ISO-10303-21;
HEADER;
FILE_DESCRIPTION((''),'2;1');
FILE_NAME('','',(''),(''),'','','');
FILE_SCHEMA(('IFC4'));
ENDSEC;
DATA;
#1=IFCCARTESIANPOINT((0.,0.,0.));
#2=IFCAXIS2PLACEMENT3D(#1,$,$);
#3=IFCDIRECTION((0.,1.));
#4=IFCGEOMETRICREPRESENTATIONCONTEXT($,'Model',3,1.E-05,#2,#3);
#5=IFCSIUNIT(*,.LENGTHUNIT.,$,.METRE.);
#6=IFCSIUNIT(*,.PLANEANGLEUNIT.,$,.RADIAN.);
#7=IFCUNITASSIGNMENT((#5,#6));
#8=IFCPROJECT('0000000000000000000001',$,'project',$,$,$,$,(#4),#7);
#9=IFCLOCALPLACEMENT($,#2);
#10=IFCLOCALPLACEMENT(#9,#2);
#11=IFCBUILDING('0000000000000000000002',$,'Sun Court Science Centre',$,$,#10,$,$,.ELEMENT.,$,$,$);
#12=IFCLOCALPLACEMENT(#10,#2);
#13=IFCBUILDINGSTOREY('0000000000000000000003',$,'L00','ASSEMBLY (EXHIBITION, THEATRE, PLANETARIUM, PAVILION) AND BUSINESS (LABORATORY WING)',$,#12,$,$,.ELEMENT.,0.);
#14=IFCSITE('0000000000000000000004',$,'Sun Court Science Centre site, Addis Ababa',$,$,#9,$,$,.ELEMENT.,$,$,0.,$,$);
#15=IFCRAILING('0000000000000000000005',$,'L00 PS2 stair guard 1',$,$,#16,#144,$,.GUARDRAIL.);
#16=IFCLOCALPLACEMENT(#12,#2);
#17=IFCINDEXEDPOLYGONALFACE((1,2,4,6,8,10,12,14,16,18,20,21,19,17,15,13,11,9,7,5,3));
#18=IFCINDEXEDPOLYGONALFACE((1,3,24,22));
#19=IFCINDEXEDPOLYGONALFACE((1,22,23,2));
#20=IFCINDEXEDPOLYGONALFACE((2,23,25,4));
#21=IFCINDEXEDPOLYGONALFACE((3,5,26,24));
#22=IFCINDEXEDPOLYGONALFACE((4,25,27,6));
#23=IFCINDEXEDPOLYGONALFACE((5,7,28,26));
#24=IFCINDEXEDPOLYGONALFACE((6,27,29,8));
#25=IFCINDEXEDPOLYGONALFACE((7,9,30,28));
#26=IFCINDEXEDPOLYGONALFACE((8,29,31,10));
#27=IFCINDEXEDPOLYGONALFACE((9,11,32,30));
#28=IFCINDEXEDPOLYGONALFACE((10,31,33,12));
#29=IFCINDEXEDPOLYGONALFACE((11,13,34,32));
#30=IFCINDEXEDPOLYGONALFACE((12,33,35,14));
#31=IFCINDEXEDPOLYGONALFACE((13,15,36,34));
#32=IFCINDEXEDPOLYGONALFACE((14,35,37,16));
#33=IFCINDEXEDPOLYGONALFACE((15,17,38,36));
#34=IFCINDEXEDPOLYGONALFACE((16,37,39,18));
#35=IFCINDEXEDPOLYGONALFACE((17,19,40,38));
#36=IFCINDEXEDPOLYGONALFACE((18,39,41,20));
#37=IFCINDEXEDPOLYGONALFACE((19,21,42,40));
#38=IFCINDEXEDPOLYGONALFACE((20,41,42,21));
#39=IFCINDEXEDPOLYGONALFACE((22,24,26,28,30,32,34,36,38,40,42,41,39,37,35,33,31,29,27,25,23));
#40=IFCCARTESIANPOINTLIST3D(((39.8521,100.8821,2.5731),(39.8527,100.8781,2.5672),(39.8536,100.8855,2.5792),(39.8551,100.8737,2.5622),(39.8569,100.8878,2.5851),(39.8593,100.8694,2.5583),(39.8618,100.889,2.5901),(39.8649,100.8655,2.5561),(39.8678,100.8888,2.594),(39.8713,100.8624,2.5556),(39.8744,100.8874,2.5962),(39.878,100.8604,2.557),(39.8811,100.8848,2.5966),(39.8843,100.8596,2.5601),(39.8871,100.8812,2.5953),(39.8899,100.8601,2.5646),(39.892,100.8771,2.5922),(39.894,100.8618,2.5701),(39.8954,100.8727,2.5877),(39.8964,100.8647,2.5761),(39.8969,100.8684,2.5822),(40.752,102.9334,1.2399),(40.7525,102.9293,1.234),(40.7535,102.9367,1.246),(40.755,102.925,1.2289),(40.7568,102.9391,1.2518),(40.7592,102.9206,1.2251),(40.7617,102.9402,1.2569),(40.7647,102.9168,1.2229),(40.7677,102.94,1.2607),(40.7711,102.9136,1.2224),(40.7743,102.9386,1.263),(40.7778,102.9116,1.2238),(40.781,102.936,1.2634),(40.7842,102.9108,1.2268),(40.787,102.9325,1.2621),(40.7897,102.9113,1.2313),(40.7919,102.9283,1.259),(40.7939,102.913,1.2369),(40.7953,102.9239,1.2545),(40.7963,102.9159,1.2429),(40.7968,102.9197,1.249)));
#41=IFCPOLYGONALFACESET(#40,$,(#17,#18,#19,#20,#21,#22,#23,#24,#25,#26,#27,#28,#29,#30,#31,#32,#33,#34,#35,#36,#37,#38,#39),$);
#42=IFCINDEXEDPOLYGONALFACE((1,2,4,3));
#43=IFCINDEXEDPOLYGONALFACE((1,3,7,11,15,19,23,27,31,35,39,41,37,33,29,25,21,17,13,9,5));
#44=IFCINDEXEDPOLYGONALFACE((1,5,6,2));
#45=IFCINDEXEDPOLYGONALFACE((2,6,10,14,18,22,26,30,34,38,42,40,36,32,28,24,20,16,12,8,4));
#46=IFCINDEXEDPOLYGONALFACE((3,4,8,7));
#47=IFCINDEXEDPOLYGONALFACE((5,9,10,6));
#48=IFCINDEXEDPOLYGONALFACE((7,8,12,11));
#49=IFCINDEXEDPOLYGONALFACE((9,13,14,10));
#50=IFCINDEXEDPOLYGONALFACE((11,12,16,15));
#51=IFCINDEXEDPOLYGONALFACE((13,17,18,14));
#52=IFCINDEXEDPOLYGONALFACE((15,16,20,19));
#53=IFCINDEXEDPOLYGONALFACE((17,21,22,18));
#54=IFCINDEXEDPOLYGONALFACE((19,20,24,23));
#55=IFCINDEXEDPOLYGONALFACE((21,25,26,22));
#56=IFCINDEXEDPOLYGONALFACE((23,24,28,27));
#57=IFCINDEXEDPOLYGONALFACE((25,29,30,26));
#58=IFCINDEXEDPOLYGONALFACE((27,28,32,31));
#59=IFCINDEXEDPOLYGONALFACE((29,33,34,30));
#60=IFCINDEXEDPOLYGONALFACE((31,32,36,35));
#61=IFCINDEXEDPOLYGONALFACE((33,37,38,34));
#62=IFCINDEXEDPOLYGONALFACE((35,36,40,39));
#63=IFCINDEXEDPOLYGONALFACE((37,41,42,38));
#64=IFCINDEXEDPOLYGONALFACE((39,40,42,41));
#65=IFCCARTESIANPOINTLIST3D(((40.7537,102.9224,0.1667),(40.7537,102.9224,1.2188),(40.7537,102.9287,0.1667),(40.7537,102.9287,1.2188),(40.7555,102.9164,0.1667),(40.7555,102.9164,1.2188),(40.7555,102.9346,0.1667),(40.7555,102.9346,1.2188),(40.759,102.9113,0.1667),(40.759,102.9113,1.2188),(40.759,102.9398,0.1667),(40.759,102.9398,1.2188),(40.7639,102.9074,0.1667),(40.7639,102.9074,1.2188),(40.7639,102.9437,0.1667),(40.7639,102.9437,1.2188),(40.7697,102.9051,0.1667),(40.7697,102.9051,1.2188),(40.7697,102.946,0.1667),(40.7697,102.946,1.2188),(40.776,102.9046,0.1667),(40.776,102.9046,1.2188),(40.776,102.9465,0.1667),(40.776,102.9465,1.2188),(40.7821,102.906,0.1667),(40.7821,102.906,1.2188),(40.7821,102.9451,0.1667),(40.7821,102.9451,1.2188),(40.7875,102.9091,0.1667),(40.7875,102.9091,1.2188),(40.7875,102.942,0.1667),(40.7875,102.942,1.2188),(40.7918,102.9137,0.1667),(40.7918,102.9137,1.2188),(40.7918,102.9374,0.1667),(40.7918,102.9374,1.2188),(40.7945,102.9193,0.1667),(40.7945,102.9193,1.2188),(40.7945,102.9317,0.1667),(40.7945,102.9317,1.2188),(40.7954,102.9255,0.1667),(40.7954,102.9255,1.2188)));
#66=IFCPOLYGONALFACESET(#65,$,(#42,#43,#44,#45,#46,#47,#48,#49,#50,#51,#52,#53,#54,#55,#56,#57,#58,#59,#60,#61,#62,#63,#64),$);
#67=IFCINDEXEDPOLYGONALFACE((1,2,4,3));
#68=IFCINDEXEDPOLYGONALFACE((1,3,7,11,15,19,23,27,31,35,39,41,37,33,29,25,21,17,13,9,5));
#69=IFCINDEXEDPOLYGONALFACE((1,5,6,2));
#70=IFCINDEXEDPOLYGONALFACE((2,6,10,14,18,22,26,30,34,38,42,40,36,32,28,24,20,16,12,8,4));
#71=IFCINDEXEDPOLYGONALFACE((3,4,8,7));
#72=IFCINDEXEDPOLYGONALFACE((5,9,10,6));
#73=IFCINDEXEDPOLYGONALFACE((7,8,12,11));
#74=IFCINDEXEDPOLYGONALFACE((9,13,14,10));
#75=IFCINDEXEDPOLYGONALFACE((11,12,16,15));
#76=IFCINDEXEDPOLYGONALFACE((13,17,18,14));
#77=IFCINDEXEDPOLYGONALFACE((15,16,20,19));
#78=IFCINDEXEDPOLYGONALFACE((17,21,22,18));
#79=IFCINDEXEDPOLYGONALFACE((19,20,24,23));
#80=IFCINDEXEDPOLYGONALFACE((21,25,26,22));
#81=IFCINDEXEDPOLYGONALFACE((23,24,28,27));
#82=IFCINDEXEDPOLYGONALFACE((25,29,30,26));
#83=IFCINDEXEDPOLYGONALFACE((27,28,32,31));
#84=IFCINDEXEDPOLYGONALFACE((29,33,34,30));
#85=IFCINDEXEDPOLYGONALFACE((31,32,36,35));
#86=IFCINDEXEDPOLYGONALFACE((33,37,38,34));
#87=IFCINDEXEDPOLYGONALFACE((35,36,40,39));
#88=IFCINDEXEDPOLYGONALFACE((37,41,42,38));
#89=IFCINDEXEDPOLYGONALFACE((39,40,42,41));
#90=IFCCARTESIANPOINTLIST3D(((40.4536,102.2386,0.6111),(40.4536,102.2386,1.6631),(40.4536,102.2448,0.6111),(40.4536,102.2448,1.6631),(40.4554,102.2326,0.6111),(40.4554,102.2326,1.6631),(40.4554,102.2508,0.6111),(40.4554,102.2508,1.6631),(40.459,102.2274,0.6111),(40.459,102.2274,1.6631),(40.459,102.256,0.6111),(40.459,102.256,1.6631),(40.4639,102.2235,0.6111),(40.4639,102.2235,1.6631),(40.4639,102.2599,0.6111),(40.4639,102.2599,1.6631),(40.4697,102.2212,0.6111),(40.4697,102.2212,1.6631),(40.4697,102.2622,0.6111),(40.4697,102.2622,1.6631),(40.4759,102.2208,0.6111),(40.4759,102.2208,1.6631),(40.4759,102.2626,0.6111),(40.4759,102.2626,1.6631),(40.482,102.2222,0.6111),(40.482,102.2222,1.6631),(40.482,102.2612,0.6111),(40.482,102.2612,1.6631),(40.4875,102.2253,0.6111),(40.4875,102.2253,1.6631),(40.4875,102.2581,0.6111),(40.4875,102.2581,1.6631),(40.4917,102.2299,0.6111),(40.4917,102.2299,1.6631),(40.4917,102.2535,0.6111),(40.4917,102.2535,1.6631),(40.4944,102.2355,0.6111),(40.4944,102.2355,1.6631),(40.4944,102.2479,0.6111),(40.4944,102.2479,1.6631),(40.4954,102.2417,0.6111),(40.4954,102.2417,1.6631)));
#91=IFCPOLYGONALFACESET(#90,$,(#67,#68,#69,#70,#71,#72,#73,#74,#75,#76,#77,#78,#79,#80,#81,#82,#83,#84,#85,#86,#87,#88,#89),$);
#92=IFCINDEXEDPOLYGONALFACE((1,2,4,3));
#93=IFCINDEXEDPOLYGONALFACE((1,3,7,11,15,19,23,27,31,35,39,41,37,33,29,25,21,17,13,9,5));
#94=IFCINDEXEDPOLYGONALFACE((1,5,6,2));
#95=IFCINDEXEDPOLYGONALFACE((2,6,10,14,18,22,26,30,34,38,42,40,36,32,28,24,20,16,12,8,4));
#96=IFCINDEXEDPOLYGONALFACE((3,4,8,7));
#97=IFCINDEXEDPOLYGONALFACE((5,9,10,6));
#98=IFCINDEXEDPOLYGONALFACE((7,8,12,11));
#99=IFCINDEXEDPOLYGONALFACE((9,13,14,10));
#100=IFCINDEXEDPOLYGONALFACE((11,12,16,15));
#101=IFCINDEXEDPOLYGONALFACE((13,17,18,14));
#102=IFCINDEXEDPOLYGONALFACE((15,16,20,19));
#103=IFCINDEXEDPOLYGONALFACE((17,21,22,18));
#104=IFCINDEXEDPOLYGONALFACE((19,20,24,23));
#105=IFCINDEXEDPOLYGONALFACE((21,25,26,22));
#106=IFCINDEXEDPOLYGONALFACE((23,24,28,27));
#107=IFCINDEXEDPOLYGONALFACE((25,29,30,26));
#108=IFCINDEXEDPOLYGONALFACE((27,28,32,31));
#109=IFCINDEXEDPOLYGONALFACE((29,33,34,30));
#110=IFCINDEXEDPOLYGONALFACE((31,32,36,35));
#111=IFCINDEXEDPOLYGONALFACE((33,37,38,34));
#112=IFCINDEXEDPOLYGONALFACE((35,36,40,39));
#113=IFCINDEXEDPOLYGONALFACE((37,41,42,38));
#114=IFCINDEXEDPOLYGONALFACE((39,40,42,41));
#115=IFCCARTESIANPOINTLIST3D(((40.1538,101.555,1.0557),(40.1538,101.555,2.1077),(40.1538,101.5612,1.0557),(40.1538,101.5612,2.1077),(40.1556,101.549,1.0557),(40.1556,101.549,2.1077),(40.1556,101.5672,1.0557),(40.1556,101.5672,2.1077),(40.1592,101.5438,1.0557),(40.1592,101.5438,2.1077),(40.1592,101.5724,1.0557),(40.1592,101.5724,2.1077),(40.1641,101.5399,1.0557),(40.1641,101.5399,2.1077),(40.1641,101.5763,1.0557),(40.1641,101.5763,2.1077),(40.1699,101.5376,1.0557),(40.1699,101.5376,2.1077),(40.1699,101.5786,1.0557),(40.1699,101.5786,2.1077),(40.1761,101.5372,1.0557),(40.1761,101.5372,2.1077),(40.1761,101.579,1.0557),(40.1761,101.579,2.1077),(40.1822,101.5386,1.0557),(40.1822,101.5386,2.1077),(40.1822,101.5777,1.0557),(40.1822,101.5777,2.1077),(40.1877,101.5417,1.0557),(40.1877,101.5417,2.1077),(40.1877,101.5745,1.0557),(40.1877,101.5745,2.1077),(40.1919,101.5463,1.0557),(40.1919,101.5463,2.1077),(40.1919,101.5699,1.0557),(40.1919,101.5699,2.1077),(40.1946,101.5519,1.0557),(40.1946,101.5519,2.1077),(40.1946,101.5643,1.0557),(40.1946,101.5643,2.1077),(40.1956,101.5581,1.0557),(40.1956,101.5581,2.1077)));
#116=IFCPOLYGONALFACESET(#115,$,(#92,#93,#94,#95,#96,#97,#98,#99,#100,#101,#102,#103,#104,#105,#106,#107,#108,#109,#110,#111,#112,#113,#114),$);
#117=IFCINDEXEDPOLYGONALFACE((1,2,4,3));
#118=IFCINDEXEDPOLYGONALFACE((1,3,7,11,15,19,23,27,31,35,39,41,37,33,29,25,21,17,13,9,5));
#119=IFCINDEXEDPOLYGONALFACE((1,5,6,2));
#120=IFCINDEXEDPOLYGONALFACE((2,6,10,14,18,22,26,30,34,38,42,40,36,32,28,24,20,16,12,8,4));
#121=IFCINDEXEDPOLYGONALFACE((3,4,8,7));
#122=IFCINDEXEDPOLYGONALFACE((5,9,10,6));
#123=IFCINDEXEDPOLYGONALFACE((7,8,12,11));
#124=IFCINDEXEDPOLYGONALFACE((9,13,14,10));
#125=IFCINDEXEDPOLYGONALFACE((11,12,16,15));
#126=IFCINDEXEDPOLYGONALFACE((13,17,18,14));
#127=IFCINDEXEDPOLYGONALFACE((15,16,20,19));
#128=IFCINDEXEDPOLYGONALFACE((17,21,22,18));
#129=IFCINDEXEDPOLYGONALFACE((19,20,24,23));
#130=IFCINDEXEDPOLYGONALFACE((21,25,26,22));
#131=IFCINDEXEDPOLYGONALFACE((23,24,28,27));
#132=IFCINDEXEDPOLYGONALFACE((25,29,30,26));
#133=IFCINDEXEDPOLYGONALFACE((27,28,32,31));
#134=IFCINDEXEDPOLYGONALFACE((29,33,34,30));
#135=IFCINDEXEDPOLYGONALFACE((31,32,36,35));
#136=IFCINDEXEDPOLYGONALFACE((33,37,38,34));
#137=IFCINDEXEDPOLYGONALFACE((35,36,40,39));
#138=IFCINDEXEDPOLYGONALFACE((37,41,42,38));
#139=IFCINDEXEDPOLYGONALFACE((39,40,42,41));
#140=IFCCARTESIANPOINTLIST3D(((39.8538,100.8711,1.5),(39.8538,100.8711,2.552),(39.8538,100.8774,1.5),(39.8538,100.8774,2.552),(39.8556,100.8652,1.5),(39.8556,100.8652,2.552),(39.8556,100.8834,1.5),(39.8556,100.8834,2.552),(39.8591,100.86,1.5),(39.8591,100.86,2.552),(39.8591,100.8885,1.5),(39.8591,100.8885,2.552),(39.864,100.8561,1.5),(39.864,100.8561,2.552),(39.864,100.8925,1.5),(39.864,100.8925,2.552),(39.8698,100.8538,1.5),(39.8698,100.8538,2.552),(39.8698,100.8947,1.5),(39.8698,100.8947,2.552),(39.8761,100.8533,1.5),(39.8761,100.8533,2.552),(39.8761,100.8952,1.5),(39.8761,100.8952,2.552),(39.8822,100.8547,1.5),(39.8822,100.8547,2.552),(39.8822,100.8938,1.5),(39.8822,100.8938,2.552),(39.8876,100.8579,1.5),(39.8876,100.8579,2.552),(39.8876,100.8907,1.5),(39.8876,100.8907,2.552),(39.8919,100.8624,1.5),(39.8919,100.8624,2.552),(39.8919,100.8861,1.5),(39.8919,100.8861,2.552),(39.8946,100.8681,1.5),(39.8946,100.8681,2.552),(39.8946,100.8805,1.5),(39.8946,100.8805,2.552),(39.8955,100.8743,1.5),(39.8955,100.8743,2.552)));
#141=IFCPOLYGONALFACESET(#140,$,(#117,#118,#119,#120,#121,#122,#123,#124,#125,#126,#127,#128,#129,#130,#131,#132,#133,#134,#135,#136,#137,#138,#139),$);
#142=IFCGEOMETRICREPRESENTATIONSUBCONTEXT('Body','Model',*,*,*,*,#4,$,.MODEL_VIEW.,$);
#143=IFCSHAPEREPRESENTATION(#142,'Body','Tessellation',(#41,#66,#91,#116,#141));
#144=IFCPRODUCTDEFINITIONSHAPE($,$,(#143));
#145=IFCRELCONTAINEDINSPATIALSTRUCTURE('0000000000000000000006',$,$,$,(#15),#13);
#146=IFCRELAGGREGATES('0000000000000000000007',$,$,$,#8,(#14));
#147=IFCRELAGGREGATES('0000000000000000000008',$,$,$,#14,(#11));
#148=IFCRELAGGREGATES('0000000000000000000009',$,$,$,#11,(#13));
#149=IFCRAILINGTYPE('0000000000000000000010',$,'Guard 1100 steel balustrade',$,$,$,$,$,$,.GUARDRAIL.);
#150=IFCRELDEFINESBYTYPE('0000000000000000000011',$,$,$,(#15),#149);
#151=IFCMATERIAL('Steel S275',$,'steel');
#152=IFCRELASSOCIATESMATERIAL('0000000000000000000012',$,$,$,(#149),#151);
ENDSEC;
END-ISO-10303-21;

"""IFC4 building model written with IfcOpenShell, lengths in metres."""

from ifc_helpers import new_model, si_unit, direction, frame, origin, origin_2d, place, context, subcontext, project, spatial, circle, extrude, material, type_object, element, save


model = new_model("IFC4")

# Units and contexts
model_context = context("Model", 3, precision=1e-05, world=origin(), true_north=direction((0.0, 1.0)))
body_context = subcontext(model_context, "Body", "Model", "MODEL_VIEW")
ifc_project = project(units=[si_unit("LENGTHUNIT", "METRE"), si_unit("PLANEANGLEUNIT", "RADIAN")], contexts=[model_context])

# Site, building, storey
site_placement = place(None, origin())
site = spatial("IfcSite", under=ifc_project, at=site_placement, Name="Sun Court Science Centre site, Addis Ababa", CompositionType="ELEMENT", RefElevation=0.0)
building_placement = place(site_placement, origin())
building = spatial("IfcBuilding", under=site, at=building_placement, Name="Sun Court Science Centre", CompositionType="ELEMENT")
storey_placement = place(building_placement, origin())
storey = spatial("IfcBuildingStorey", under=building, at=storey_placement, Name="L00", Description="ASSEMBLY (EXHIBITION, THEATRE, PLANETARIUM, PAVILION) AND BUSINESS (LABORATORY WING)", CompositionType="ELEMENT", Elevation=0.0)

# Railing
ifc_material_1 = material(Name="Steel S275", Category="steel")
railing_type_1 = type_object("IfcRailingType", Name="Guard 1100 steel balustrade", PredefinedType="GUARDRAIL", material=ifc_material_1)
railing_1_placement = place(storey_placement, frame((40.7744, 102.9255, 0.1667)))
element("IfcRailing", 1, at=railing_1_placement, inside=storey, type_object=railing_type_1, Name="L00 PS2 stair guard 1", PredefinedType="GUARDRAIL", context=body_context, shape_type="SweptSolid", body=[
    extrude(circle(Radius=0.0239, at=origin_2d()), frame((0.0, 0.0, 1.0762), z_axis=(-0.345221, -0.78691, 0.511463), x_axis=(0.915752, -0.401745, 0.0)), (0.0, 0.0, 1.0), 2.6067),
    extrude(circle(Radius=0.021, at=origin_2d()), origin(), (0.0, 0.0, 1.0), 1.052),
    extrude(circle(Radius=0.021, at=origin_2d()), frame((-0.3, -0.6838, 0.4443)), (0.0, 0.0, 1.0), 1.052),
    extrude(circle(Radius=0.021, at=origin_2d()), frame((-0.5999, -1.3674, 0.8889)), (0.0, 0.0, 1.0), 1.052),
    extrude(circle(Radius=0.021, at=origin_2d()), frame((-0.8999, -2.0513, 1.3333)), (0.0, 0.0, 1.0), 1.052),
])

save(model, "model.ifc")
